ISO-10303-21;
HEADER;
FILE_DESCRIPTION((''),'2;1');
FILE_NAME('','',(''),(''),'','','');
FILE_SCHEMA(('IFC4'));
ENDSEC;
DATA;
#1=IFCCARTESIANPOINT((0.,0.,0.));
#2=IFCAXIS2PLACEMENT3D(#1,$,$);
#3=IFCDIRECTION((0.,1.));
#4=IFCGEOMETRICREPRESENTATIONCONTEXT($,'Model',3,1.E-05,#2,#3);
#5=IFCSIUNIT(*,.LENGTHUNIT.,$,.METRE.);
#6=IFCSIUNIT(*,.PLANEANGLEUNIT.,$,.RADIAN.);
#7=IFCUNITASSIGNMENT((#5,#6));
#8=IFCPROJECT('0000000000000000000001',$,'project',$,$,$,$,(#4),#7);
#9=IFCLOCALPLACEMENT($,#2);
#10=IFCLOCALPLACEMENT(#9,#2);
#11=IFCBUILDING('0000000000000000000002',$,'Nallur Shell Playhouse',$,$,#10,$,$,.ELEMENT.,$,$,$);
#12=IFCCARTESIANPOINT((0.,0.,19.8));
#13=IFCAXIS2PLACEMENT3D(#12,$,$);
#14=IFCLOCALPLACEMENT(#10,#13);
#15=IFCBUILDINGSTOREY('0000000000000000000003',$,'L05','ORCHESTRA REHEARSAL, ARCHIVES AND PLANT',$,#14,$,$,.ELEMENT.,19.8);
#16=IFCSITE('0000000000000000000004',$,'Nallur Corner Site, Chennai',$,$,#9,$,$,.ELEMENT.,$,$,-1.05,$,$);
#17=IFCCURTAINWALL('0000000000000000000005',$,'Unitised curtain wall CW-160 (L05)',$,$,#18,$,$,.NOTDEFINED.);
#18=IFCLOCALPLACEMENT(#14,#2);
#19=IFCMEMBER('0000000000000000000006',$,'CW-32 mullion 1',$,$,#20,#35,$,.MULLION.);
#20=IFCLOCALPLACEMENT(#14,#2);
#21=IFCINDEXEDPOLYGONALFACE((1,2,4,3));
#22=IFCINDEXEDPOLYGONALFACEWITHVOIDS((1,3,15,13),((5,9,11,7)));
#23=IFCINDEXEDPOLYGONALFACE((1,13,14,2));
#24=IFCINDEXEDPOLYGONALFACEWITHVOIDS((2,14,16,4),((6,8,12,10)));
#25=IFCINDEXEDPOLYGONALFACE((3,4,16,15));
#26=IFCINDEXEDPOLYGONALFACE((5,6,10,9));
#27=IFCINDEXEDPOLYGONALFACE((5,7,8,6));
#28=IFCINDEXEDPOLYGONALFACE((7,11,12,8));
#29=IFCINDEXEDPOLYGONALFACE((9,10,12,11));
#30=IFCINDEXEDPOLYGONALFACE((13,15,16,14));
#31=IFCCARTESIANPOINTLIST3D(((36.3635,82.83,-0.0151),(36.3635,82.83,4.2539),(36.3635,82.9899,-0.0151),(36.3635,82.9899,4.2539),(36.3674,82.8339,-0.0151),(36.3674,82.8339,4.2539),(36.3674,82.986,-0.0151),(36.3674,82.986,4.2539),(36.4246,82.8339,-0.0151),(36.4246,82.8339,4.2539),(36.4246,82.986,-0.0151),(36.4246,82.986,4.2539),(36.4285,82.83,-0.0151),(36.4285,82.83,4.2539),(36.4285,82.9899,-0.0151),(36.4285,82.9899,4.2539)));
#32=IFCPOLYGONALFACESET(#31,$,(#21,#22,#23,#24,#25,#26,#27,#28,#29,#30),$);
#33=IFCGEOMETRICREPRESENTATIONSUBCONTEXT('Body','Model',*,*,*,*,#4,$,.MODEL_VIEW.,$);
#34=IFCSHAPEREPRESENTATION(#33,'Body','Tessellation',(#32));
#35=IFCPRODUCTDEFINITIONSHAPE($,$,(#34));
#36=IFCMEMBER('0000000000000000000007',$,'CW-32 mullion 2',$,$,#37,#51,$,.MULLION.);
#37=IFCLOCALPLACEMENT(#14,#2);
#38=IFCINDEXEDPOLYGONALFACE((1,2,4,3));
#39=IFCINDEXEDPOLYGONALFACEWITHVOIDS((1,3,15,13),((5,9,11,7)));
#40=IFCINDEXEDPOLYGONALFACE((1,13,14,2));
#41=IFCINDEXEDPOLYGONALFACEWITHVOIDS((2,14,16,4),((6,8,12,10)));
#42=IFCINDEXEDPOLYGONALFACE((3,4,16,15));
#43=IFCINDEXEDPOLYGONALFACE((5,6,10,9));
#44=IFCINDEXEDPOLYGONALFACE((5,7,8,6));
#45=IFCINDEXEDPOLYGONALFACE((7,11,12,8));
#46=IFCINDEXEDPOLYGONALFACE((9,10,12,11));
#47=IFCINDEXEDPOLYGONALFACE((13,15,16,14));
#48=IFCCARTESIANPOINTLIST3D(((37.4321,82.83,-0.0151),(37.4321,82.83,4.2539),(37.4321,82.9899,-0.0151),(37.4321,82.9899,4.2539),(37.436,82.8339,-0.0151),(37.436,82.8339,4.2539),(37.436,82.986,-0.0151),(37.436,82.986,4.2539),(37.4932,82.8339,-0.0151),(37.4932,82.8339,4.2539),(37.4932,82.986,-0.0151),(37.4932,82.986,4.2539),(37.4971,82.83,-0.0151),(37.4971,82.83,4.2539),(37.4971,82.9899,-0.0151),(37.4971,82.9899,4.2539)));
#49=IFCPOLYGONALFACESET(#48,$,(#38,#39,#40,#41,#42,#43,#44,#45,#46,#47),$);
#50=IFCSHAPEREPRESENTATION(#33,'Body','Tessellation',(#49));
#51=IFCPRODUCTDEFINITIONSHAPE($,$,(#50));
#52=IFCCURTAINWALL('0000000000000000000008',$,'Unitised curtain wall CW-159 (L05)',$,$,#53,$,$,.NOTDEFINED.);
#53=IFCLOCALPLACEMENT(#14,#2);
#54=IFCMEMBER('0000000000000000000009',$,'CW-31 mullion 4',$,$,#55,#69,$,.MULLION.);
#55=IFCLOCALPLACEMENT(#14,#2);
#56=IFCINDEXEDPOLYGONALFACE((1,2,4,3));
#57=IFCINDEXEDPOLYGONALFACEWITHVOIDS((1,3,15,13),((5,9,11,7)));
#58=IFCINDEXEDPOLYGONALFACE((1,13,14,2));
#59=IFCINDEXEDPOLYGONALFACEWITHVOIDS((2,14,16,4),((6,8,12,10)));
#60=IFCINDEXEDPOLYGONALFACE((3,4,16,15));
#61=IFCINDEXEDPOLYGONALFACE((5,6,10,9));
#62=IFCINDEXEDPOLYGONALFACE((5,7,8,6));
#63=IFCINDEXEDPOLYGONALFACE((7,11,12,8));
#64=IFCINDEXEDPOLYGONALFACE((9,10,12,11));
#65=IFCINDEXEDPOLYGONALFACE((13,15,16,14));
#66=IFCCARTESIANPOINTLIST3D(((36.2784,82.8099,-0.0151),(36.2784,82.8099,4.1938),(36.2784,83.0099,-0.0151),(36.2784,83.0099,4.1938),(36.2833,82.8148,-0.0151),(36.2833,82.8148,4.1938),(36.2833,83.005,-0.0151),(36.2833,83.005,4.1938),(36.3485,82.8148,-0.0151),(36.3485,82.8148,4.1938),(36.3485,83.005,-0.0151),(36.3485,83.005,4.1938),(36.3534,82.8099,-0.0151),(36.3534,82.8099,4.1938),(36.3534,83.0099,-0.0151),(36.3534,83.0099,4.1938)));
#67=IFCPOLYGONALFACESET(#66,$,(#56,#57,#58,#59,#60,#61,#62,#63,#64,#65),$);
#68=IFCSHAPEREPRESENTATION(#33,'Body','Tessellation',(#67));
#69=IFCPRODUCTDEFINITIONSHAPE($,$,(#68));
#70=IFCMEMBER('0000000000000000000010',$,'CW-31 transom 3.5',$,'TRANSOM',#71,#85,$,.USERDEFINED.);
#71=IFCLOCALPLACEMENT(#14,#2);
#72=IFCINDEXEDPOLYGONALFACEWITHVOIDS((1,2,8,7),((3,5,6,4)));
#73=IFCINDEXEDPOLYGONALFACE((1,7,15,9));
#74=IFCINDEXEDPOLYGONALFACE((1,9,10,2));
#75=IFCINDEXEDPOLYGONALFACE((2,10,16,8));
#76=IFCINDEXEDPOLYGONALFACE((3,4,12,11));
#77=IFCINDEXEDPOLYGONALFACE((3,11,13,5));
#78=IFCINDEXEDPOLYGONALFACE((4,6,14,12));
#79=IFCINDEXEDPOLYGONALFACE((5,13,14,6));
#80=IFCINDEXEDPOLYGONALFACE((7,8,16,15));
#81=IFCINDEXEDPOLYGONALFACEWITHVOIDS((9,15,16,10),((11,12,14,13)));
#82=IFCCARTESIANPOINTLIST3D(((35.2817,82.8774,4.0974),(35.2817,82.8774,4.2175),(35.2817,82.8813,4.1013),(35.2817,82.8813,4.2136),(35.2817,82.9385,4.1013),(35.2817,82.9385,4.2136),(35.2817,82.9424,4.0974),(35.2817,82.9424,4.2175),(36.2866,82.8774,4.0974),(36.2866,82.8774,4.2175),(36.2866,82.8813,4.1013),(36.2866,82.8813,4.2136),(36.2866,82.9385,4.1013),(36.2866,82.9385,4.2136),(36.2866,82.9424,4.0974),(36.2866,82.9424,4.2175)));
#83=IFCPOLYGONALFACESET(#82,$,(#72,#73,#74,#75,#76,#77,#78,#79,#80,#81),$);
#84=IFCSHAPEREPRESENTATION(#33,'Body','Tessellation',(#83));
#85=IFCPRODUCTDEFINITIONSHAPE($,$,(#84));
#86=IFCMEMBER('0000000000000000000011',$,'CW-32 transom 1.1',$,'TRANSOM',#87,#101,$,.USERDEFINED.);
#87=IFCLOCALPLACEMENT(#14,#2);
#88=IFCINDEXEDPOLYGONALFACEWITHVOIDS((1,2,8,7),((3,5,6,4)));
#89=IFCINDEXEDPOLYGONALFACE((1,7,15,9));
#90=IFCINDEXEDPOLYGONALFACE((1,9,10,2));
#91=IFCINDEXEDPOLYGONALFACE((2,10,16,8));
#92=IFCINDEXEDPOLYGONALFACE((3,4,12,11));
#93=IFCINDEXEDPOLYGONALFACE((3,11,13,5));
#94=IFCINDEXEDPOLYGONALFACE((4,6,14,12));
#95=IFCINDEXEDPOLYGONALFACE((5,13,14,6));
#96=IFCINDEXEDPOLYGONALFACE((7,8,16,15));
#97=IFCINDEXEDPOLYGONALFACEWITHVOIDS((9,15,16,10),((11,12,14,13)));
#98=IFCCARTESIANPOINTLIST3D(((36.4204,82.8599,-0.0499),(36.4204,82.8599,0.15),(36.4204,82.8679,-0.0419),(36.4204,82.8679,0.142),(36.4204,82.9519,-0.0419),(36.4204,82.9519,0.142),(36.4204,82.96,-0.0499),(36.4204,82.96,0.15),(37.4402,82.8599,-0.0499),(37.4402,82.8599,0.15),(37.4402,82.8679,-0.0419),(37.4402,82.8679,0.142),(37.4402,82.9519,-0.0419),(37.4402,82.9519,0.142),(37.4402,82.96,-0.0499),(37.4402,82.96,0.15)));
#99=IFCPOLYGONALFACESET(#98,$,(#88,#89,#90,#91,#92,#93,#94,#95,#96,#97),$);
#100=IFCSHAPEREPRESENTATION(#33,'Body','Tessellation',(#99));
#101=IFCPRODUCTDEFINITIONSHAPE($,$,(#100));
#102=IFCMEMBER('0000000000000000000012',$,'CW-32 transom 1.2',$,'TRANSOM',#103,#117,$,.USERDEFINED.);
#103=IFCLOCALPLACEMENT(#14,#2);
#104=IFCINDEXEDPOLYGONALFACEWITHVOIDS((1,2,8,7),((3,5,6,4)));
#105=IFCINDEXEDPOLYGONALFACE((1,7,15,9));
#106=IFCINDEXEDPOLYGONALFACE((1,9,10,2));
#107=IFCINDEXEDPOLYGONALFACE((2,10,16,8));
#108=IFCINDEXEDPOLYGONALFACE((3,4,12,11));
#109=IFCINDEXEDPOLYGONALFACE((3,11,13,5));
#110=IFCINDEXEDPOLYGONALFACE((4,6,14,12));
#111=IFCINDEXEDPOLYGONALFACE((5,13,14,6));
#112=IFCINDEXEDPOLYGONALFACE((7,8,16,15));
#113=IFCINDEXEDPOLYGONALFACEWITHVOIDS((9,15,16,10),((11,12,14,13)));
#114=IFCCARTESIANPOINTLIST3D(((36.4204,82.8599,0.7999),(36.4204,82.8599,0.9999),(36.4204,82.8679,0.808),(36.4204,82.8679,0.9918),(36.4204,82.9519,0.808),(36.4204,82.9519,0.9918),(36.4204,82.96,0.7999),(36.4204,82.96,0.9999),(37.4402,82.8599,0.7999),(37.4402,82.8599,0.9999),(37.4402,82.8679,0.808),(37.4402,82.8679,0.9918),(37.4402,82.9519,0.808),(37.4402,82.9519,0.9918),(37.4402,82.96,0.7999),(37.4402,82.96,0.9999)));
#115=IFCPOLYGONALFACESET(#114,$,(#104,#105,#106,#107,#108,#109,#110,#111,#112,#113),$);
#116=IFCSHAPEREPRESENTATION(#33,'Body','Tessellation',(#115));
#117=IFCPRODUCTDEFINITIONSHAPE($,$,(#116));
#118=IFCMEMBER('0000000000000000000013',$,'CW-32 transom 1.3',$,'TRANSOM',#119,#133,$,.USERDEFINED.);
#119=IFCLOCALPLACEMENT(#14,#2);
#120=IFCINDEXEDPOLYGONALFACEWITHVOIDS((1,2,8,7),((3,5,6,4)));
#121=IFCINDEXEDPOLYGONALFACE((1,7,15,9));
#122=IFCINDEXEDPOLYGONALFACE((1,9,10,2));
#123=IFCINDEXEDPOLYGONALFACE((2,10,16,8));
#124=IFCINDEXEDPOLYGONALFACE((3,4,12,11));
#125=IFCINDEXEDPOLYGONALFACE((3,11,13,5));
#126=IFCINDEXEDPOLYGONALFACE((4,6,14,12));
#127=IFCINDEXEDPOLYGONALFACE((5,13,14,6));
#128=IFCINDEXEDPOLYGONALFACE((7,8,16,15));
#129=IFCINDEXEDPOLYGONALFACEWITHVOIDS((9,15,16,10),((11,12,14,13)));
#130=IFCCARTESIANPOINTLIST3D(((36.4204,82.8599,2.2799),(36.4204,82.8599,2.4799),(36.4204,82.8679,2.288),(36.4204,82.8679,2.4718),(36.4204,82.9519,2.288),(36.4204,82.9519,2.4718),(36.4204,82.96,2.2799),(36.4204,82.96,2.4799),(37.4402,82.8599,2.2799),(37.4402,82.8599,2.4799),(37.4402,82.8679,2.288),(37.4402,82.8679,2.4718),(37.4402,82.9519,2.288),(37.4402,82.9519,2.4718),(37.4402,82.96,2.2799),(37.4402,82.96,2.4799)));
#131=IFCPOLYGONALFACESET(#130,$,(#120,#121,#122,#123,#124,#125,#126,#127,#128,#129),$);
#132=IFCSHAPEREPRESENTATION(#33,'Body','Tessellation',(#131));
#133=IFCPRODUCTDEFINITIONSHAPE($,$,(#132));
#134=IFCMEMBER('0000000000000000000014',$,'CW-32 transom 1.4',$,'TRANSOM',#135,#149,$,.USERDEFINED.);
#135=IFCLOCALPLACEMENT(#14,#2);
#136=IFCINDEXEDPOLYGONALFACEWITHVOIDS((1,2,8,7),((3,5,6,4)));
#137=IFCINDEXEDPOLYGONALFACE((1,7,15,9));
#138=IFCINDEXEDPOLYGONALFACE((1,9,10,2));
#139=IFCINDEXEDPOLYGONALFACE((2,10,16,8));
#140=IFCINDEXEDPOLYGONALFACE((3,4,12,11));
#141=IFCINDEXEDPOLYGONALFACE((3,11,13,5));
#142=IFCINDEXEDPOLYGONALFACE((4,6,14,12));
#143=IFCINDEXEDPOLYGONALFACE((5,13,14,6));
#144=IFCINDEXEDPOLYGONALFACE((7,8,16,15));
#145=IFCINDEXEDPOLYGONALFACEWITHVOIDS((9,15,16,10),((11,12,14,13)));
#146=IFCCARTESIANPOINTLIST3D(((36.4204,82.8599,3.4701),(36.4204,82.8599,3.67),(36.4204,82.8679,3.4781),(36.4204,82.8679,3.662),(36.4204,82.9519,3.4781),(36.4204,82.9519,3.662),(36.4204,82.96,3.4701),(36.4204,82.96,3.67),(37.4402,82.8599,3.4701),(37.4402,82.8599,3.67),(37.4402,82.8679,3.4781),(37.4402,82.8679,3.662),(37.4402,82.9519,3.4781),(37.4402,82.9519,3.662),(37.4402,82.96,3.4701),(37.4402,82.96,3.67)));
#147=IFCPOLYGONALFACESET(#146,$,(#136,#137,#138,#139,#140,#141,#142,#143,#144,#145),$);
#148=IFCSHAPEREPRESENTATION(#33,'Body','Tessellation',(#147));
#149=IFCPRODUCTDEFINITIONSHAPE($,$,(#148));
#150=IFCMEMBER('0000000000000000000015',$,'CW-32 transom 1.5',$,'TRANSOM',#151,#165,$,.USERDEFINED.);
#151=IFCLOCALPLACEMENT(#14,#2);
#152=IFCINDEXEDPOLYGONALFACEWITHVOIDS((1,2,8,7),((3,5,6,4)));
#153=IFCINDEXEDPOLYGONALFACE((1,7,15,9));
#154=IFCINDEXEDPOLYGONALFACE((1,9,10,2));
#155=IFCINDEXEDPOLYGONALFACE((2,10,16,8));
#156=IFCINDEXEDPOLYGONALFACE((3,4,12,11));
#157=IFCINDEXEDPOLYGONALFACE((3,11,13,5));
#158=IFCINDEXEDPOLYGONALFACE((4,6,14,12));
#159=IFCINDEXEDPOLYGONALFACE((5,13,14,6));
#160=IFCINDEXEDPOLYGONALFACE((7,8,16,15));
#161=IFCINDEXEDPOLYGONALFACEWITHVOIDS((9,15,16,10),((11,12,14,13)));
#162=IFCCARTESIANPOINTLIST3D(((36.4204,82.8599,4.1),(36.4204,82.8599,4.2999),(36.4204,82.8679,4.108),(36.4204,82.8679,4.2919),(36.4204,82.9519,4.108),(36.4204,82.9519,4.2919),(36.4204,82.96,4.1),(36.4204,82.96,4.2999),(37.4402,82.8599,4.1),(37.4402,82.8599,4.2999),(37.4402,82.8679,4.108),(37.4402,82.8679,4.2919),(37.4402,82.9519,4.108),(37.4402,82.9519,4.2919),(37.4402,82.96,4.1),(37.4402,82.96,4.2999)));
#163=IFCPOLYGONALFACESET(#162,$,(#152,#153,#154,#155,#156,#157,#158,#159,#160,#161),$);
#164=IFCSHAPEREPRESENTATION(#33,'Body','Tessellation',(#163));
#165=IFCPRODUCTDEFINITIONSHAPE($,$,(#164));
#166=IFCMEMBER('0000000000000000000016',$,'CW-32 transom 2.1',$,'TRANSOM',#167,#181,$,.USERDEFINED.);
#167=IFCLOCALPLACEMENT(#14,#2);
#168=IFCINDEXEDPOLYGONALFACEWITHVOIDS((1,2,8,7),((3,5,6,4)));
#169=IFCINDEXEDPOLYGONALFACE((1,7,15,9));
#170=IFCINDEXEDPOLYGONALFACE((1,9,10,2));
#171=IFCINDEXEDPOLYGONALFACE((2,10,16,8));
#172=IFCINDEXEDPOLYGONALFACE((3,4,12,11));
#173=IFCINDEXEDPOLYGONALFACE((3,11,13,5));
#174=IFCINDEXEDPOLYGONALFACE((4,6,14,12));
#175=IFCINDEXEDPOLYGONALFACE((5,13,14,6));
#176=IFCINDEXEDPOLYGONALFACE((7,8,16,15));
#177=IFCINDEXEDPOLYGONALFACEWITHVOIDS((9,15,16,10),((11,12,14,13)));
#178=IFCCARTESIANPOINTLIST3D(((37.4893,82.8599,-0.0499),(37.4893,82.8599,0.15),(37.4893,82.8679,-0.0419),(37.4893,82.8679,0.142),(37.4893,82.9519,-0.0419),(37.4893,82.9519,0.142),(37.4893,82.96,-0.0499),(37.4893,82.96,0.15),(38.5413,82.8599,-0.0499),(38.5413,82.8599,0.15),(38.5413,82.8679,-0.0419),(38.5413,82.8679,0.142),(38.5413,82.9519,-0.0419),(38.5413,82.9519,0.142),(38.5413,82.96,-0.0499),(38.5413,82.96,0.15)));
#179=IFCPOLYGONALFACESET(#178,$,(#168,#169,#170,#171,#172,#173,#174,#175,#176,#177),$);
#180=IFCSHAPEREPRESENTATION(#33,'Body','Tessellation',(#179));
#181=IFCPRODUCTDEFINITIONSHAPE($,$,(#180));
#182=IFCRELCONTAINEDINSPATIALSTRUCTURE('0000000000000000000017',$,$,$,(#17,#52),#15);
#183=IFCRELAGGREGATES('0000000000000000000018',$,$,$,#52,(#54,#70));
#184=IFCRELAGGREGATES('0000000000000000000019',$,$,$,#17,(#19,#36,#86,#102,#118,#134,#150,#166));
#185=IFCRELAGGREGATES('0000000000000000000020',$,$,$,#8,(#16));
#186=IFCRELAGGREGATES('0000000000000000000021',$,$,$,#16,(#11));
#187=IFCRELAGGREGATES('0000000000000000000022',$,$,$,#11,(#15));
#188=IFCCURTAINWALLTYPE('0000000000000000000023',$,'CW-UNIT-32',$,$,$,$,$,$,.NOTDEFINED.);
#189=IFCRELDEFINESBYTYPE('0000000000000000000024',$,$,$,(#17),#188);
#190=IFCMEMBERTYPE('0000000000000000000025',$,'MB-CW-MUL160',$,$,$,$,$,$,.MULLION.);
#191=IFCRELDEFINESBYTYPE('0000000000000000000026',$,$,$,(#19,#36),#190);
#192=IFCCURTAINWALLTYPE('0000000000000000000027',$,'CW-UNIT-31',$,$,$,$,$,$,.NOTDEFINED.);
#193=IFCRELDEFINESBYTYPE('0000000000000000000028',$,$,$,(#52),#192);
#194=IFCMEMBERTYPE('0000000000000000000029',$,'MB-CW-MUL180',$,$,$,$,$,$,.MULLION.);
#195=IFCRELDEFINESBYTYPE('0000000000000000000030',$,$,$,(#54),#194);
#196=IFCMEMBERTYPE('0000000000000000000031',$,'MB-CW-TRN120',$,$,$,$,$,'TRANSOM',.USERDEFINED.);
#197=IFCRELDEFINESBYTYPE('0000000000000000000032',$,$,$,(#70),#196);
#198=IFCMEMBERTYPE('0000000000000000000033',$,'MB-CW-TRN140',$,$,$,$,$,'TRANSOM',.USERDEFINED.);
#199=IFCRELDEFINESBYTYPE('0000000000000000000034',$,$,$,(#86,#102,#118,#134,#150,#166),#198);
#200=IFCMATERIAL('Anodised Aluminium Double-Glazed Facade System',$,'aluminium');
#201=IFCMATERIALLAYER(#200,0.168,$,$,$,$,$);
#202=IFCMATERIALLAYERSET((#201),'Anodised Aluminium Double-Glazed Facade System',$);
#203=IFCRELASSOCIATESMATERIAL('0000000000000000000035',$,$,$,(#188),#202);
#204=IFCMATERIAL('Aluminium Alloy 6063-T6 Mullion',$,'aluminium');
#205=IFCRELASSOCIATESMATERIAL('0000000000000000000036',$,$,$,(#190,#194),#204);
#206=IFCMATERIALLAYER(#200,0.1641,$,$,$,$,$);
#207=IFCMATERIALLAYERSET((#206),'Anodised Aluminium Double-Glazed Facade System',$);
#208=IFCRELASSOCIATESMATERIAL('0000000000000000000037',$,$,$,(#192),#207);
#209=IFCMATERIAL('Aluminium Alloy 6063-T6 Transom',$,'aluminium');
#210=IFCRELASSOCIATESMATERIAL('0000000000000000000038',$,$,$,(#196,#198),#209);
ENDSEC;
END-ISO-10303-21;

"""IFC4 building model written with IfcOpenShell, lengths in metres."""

from ifc_helpers import new_model, si_unit, direction, frame, origin, origin_2d, place, context, subcontext, project, spatial, hollow_rectangle, extrude, material, layer, layer_set, material_profile, profile_set, type_object, element, aggregate, save


model = new_model("IFC4")

# Units and contexts
model_context = context("Model", 3, precision=1e-05, world=origin(), true_north=direction((0.0, 1.0)))
body_context = subcontext(model_context, "Body", "Model", "MODEL_VIEW")
ifc_project = project(units=[si_unit("LENGTHUNIT", "METRE"), si_unit("PLANEANGLEUNIT", "RADIAN")], contexts=[model_context])

# Site, building, storey
site_placement = place(None, origin())
site = spatial("IfcSite", under=ifc_project, at=site_placement, Name="Nallur Corner Site, Chennai", CompositionType="ELEMENT", RefElevation=-1.05)
building_placement = place(site_placement, origin())
building = spatial("IfcBuilding", under=site, at=building_placement, Name="Nallur Shell Playhouse", CompositionType="ELEMENT")
storey_placement = place(building_placement, frame((0.0, 0.0, 19.8)))
storey = spatial("IfcBuildingStorey", under=building, at=storey_placement, Name="L05", Description="ORCHESTRA REHEARSAL, ARCHIVES AND PLANT", CompositionType="ELEMENT", Elevation=19.8)

# Curtain walls, members
ifc_material_1 = material(Name="Anodised Aluminium Double-Glazed Facade System", Category="aluminium")
ifc_layer_1 = layer(ifc_material_1, 0.168)
ifc_layer_set_1 = layer_set([ifc_layer_1], Name="Anodised Aluminium Double-Glazed Facade System")
curtain_wall_type_1 = type_object("IfcCurtainWallType", Name="CW-UNIT-32", PredefinedType="NOTDEFINED", material=ifc_layer_set_1)
curtain_wall_1_placement = place(storey_placement, origin())
curtain_wall_1 = element("IfcCurtainWall", 1, at=curtain_wall_1_placement, inside=storey, type_object=curtain_wall_type_1, Name="Unitised curtain wall CW-160 (L05)", PredefinedType="NOTDEFINED")
ifc_material_2 = material(Name="Aluminium Alloy 6063-T6 Mullion", Category="aluminium")
ifc_material_profile_1 = material_profile(ifc_material_2, hollow_rectangle(XDim=0.0649, YDim=0.1599, WallThickness=0.0039, at=origin_2d()), Name="ALU 65x160x4")
ifc_profile_set_1 = profile_set([ifc_material_profile_1], Name="Aluminium Alloy 6063-T6 Mullion")
member_type_1 = type_object("IfcMemberType", Name="MB-CW-MUL160", PredefinedType="MULLION", material=ifc_profile_set_1)
member_1_placement = place(storey_placement, frame((36.396, 82.9099, -0.0151), z_axis=(0.0, 0.0, 1.0), x_axis=(1.0, 0.0, 0.0)))
member_1 = element("IfcMember", 2, at=member_1_placement, type_object=member_type_1, Name="CW-32 mullion 1", PredefinedType="MULLION", context=body_context, shape_type="SweptSolid", body=[
    extrude(hollow_rectangle(XDim=0.0649, YDim=0.1599, WallThickness=0.0039, at=origin_2d()), origin(), (0.0, 0.0, 1.0), 4.269),
])
member_2_placement = place(storey_placement, frame((37.4646, 82.9099, -0.0151), z_axis=(0.0, 0.0, 1.0), x_axis=(1.0, 0.0, 0.0)))
member_2 = element("IfcMember", 3, at=member_2_placement, type_object=member_type_1, Name="CW-32 mullion 2", PredefinedType="MULLION", context=body_context, shape_type="SweptSolid", body=[
    extrude(hollow_rectangle(XDim=0.0649, YDim=0.1599, WallThickness=0.0039, at=origin_2d()), origin(), (0.0, 0.0, 1.0), 4.269),
])
ifc_layer_2 = layer(ifc_material_1, 0.1641)
ifc_layer_set_2 = layer_set([ifc_layer_2], Name="Anodised Aluminium Double-Glazed Facade System")
curtain_wall_type_2 = type_object("IfcCurtainWallType", Name="CW-UNIT-31", PredefinedType="NOTDEFINED", material=ifc_layer_set_2)
curtain_wall_2_placement = place(storey_placement, origin())
curtain_wall_2 = element("IfcCurtainWall", 4, at=curtain_wall_2_placement, inside=storey, type_object=curtain_wall_type_2, Name="Unitised curtain wall CW-159 (L05)", PredefinedType="NOTDEFINED")
ifc_material_profile_2 = material_profile(ifc_material_2, hollow_rectangle(XDim=0.075, YDim=0.2, WallThickness=0.0049, at=origin_2d()), Name="ALU 75x200x5")
ifc_profile_set_2 = profile_set([ifc_material_profile_2], Name="Aluminium Alloy 6063-T6 Mullion")
member_type_2 = type_object("IfcMemberType", Name="MB-CW-MUL180", PredefinedType="MULLION", material=ifc_profile_set_2)
member_3_placement = place(storey_placement, frame((36.3159, 82.9099, -0.0151), z_axis=(0.0, 0.0, 1.0), x_axis=(1.0, 0.0, 0.0)))
member_3 = element("IfcMember", 5, at=member_3_placement, type_object=member_type_2, Name="CW-31 mullion 4", PredefinedType="MULLION", context=body_context, shape_type="SweptSolid", body=[
    extrude(hollow_rectangle(XDim=0.075, YDim=0.2, WallThickness=0.0049, at=origin_2d()), origin(), (0.0, 0.0, 1.0), 4.209),
])
ifc_material_3 = material(Name="Aluminium Alloy 6063-T6 Transom", Category="aluminium")
ifc_material_profile_3 = material_profile(ifc_material_3, hollow_rectangle(XDim=0.0649, YDim=0.1201, WallThickness=0.0039, at=origin_2d()), Name="ALU 65x120x4")
ifc_profile_set_3 = profile_set([ifc_material_profile_3], Name="Aluminium Alloy 6063-T6 Transom")
member_type_3 = type_object("IfcMemberType", Name="MB-CW-TRN120", ElementType="TRANSOM", PredefinedType="USERDEFINED", material=ifc_profile_set_3)
member_4_placement = place(storey_placement, frame((35.2817, 82.9099, 4.1575), z_axis=(1.0, 0.0, 0.0), x_axis=(0.0, 1.0, 0.0)))
member_4 = element("IfcMember", 6, at=member_4_placement, type_object=member_type_3, Name="CW-31 transom 3.5", ObjectType="TRANSOM", PredefinedType="USERDEFINED", context=body_context, shape_type="SweptSolid", body=[
    extrude(hollow_rectangle(XDim=0.0649, YDim=0.1201, WallThickness=0.0039, at=origin_2d()), origin(), (0.0, 0.0, 1.0), 1.0049),
])

# Members
ifc_material_profile_4 = material_profile(ifc_material_3, hollow_rectangle(XDim=0.1001, YDim=0.2, WallThickness=0.0081, at=origin_2d()), Name="RHS 200x100x8")
ifc_profile_set_4 = profile_set([ifc_material_profile_4], Name="Aluminium Alloy 6063-T6 Transom")
member_type_4 = type_object("IfcMemberType", Name="MB-CW-TRN140", ElementType="TRANSOM", PredefinedType="USERDEFINED", material=ifc_profile_set_4)
member_5_placement = place(storey_placement, frame((36.4204, 82.9099, 0.05), z_axis=(1.0, 0.0, 0.0), x_axis=(0.0, 1.0, 0.0)))
member_5 = element("IfcMember", 7, at=member_5_placement, type_object=member_type_4, Name="CW-32 transom 1.1", ObjectType="TRANSOM", PredefinedType="USERDEFINED", context=body_context, shape_type="SweptSolid", body=[
    extrude(hollow_rectangle(XDim=0.1001, YDim=0.2, WallThickness=0.0081, at=origin_2d()), origin(), (0.0, 0.0, 1.0), 1.0198),
])
member_6_placement = place(storey_placement, frame((36.4204, 82.9099, 0.8999), z_axis=(1.0, 0.0, 0.0), x_axis=(0.0, 1.0, 0.0)))
member_6 = element("IfcMember", 8, at=member_6_placement, type_object=member_type_4, Name="CW-32 transom 1.2", ObjectType="TRANSOM", PredefinedType="USERDEFINED", context=body_context, shape_type="SweptSolid", body=[
    extrude(hollow_rectangle(XDim=0.1001, YDim=0.2, WallThickness=0.0081, at=origin_2d()), origin(), (0.0, 0.0, 1.0), 1.0198),
])
member_7_placement = place(storey_placement, frame((36.4204, 82.9099, 2.3799), z_axis=(1.0, 0.0, 0.0), x_axis=(0.0, 1.0, 0.0)))
member_7 = element("IfcMember", 9, at=member_7_placement, type_object=member_type_4, Name="CW-32 transom 1.3", ObjectType="TRANSOM", PredefinedType="USERDEFINED", context=body_context, shape_type="SweptSolid", body=[
    extrude(hollow_rectangle(XDim=0.1001, YDim=0.2, WallThickness=0.0081, at=origin_2d()), origin(), (0.0, 0.0, 1.0), 1.0198),
])
member_8_placement = place(storey_placement, frame((36.4204, 82.9099, 3.5701), z_axis=(1.0, 0.0, 0.0), x_axis=(0.0, 1.0, 0.0)))
member_8 = element("IfcMember", 10, at=member_8_placement, type_object=member_type_4, Name="CW-32 transom 1.4", ObjectType="TRANSOM", PredefinedType="USERDEFINED", context=body_context, shape_type="SweptSolid", body=[
    extrude(hollow_rectangle(XDim=0.1001, YDim=0.2, WallThickness=0.0081, at=origin_2d()), origin(), (0.0, 0.0, 1.0), 1.0198),
])
member_9_placement = place(storey_placement, frame((36.4204, 82.9099, 4.2), z_axis=(1.0, 0.0, 0.0), x_axis=(0.0, 1.0, 0.0)))
member_9 = element("IfcMember", 11, at=member_9_placement, type_object=member_type_4, Name="CW-32 transom 1.5", ObjectType="TRANSOM", PredefinedType="USERDEFINED", context=body_context, shape_type="SweptSolid", body=[
    extrude(hollow_rectangle(XDim=0.1001, YDim=0.2, WallThickness=0.0081, at=origin_2d()), origin(), (0.0, 0.0, 1.0), 1.0198),
])
member_10_placement = place(storey_placement, frame((37.4893, 82.9099, 0.05), z_axis=(1.0, 0.0, 0.0), x_axis=(0.0, 1.0, 0.0)))
member_10 = element("IfcMember", 12, at=member_10_placement, type_object=member_type_4, Name="CW-32 transom 2.1", ObjectType="TRANSOM", PredefinedType="USERDEFINED", context=body_context, shape_type="SweptSolid", body=[
    extrude(hollow_rectangle(XDim=0.1001, YDim=0.2, WallThickness=0.0081, at=origin_2d()), origin(), (0.0, 0.0, 1.0), 1.052),
])

aggregate(curtain_wall_2, [member_3, member_4])
aggregate(curtain_wall_1, [member_1, member_2, member_5, member_6, member_7, member_8, member_9, member_10])

save(model, "model.ifc")
